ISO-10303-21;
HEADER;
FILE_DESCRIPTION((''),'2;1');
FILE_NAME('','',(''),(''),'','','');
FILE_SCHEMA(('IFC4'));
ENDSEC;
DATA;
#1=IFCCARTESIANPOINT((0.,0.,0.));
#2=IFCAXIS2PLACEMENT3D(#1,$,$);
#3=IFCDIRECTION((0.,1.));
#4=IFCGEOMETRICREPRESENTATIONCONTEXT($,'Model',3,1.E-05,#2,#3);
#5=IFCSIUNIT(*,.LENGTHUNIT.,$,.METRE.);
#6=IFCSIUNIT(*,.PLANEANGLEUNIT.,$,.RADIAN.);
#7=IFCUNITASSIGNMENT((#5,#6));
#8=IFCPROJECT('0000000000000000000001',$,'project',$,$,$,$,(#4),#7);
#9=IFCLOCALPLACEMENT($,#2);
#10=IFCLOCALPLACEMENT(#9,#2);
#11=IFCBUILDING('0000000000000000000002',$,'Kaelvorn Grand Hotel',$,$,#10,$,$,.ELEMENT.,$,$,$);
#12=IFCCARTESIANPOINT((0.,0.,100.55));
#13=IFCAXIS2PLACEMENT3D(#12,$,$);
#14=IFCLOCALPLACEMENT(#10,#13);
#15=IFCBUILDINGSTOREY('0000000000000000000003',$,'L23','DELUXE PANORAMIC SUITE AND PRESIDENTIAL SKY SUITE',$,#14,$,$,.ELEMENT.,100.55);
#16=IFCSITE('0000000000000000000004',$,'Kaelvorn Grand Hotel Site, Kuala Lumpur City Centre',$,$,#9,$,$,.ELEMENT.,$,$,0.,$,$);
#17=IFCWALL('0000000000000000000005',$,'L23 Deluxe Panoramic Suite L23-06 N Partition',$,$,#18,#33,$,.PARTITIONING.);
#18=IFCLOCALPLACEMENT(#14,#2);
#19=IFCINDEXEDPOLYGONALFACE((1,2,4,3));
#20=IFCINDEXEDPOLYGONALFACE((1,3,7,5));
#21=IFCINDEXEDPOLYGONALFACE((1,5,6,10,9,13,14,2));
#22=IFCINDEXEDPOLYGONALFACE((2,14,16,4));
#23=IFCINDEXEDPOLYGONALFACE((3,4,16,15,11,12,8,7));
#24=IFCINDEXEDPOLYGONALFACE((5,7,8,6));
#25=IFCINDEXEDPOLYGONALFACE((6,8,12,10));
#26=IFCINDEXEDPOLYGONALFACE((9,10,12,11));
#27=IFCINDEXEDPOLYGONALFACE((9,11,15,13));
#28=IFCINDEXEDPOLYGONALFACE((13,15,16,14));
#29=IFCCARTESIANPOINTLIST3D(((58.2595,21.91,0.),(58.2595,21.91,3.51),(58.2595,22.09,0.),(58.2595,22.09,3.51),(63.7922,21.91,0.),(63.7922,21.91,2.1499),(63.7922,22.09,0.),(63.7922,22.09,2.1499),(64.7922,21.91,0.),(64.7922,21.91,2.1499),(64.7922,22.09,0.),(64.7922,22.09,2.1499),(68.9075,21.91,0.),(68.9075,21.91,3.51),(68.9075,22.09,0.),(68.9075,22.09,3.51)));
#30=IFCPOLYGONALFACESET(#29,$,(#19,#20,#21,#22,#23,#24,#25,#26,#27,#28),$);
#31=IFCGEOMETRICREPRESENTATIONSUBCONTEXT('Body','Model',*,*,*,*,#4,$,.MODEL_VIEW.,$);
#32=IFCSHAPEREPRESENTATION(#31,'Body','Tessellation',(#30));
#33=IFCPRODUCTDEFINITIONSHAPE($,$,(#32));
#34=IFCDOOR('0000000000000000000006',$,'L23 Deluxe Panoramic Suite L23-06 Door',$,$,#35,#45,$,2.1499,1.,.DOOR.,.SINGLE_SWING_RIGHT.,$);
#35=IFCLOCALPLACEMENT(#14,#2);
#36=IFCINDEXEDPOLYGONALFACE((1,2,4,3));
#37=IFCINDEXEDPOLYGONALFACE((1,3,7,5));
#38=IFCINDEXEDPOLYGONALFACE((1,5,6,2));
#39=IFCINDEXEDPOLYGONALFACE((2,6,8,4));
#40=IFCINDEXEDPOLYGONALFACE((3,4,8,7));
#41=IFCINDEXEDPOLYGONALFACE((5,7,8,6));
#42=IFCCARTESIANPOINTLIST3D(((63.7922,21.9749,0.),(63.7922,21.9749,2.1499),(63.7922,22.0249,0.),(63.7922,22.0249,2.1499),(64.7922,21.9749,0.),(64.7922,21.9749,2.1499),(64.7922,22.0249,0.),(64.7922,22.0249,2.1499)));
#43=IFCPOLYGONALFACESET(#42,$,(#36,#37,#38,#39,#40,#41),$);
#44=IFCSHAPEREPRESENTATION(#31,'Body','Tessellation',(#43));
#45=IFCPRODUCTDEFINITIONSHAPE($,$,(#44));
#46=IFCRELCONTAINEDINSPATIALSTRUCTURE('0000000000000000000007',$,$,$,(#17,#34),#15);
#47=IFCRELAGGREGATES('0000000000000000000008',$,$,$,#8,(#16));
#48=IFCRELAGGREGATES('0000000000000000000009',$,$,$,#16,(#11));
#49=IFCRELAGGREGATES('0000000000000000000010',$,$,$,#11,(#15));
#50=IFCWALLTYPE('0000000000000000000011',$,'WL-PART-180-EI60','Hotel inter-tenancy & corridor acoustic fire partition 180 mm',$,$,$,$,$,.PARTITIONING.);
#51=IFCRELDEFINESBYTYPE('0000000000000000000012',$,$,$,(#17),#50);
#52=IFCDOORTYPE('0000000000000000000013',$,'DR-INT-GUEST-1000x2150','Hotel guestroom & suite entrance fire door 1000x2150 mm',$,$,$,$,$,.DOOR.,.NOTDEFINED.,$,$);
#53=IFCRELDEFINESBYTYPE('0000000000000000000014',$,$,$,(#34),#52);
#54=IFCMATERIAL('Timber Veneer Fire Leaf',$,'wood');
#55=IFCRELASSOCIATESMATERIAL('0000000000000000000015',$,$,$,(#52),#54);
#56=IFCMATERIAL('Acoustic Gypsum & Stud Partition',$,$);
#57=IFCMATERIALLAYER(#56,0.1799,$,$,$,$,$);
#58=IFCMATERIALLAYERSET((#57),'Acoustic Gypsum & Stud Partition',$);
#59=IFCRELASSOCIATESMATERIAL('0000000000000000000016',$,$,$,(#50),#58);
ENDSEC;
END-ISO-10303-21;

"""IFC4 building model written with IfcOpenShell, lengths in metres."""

from ifc_helpers import new_model, si_unit, direction, frame, frame_2d, origin, place, context, subcontext, project, spatial, rectangle, extrude, material, layer, layer_set, type_object, element, fill, save


model = new_model("IFC4")

# Units and contexts
model_context = context("Model", 3, precision=1e-05, world=origin(), true_north=direction((0.0, 1.0)))
body_context = subcontext(model_context, "Body", "Model", "MODEL_VIEW")
ifc_project = project(units=[si_unit("LENGTHUNIT", "METRE"), si_unit("PLANEANGLEUNIT", "RADIAN")], contexts=[model_context])

# Site, building, storey
site_placement = place(None, origin())
site = spatial("IfcSite", under=ifc_project, at=site_placement, Name="Kaelvorn Grand Hotel Site, Kuala Lumpur City Centre", CompositionType="ELEMENT", RefElevation=0.0)
building_placement = place(site_placement, origin())
building = spatial("IfcBuilding", under=site, at=building_placement, Name="Kaelvorn Grand Hotel", CompositionType="ELEMENT")
storey_placement = place(building_placement, frame((0.0, 0.0, 100.55)))
storey = spatial("IfcBuildingStorey", under=building, at=storey_placement, Name="L23", Description="DELUXE PANORAMIC SUITE AND PRESIDENTIAL SKY SUITE", CompositionType="ELEMENT", Elevation=100.55)

# Shared definitions
ifc_material_1 = material(Name="Acoustic Gypsum & Stud Partition")
ifc_material_2 = material(Name="Timber Veneer Fire Leaf", Category="wood")
door_type_1 = type_object("IfcDoorType", Name="DR-INT-GUEST-1000x2150", Description="Hotel guestroom & suite entrance fire door 1000x2150 mm", OperationType="NOTDEFINED", PredefinedType="DOOR", material=ifc_material_2)

# Wall, opening, door
ifc_layer_1 = layer(ifc_material_1, 0.1799)
ifc_layer_set_1 = layer_set([ifc_layer_1], Name="Acoustic Gypsum & Stud Partition")
wall_type_1 = type_object("IfcWallType", Name="WL-PART-180-EI60", Description="Hotel inter-tenancy & corridor acoustic fire partition 180 mm", PredefinedType="PARTITIONING", material=ifc_layer_set_1)
wall_1_placement = place(storey_placement, frame((58.2595, 22.0, 0.0), z_axis=(0.0, 0.0, 1.0), x_axis=(1.0, 0.0, 0.0)))
wall_1 = element("IfcWall", 1, at=wall_1_placement, inside=storey, type_object=wall_type_1, Name="L23 Deluxe Panoramic Suite L23-06 N Partition", PredefinedType="PARTITIONING", context=body_context, shape_type="SweptSolid", body=[
    extrude(rectangle(XDim=10.6479, YDim=0.1799, at=frame_2d((5.324, 0.0))), origin(), (0.0, 0.0, 1.0), 3.51),
])
opening_1_placement = place(wall_1_placement, frame((5.5327, 0.0, 0.0)))
opening_1 = element("IfcOpeningElement", 2, at=opening_1_placement, cuts=wall_1, PredefinedType="OPENING", context=body_context, shape_type="SweptSolid", body=[
    extrude(rectangle(XDim=1.0, YDim=2.1499, at=frame_2d((0.5, 1.075))), frame((0.0, 0.1001, 0.0), z_axis=(0.0, -1.0, 0.0), x_axis=(1.0, 0.0, 0.0)), (0.0, 0.0, 1.0), 0.2),
])
door_1_placement = place(opening_1_placement, origin())
door_1 = element("IfcDoor", 3, at=door_1_placement, inside=storey, type_object=door_type_1, Name="L23 Deluxe Panoramic Suite L23-06 Door", OperationType="SINGLE_SWING_RIGHT", OverallHeight=2.1499, OverallWidth=1.0, PredefinedType="DOOR", context=body_context, shape_type="SweptSolid", body=[
    extrude(rectangle(XDim=1.0, YDim=2.1499, at=frame_2d((0.5, 1.075))), frame((0.0, 0.0249, 0.0), z_axis=(0.0, -1.0, 0.0), x_axis=(1.0, 0.0, 0.0)), (0.0, 0.0, 1.0), 0.05),
])
fill(opening_1, door_1)

save(model, "model.ifc")
